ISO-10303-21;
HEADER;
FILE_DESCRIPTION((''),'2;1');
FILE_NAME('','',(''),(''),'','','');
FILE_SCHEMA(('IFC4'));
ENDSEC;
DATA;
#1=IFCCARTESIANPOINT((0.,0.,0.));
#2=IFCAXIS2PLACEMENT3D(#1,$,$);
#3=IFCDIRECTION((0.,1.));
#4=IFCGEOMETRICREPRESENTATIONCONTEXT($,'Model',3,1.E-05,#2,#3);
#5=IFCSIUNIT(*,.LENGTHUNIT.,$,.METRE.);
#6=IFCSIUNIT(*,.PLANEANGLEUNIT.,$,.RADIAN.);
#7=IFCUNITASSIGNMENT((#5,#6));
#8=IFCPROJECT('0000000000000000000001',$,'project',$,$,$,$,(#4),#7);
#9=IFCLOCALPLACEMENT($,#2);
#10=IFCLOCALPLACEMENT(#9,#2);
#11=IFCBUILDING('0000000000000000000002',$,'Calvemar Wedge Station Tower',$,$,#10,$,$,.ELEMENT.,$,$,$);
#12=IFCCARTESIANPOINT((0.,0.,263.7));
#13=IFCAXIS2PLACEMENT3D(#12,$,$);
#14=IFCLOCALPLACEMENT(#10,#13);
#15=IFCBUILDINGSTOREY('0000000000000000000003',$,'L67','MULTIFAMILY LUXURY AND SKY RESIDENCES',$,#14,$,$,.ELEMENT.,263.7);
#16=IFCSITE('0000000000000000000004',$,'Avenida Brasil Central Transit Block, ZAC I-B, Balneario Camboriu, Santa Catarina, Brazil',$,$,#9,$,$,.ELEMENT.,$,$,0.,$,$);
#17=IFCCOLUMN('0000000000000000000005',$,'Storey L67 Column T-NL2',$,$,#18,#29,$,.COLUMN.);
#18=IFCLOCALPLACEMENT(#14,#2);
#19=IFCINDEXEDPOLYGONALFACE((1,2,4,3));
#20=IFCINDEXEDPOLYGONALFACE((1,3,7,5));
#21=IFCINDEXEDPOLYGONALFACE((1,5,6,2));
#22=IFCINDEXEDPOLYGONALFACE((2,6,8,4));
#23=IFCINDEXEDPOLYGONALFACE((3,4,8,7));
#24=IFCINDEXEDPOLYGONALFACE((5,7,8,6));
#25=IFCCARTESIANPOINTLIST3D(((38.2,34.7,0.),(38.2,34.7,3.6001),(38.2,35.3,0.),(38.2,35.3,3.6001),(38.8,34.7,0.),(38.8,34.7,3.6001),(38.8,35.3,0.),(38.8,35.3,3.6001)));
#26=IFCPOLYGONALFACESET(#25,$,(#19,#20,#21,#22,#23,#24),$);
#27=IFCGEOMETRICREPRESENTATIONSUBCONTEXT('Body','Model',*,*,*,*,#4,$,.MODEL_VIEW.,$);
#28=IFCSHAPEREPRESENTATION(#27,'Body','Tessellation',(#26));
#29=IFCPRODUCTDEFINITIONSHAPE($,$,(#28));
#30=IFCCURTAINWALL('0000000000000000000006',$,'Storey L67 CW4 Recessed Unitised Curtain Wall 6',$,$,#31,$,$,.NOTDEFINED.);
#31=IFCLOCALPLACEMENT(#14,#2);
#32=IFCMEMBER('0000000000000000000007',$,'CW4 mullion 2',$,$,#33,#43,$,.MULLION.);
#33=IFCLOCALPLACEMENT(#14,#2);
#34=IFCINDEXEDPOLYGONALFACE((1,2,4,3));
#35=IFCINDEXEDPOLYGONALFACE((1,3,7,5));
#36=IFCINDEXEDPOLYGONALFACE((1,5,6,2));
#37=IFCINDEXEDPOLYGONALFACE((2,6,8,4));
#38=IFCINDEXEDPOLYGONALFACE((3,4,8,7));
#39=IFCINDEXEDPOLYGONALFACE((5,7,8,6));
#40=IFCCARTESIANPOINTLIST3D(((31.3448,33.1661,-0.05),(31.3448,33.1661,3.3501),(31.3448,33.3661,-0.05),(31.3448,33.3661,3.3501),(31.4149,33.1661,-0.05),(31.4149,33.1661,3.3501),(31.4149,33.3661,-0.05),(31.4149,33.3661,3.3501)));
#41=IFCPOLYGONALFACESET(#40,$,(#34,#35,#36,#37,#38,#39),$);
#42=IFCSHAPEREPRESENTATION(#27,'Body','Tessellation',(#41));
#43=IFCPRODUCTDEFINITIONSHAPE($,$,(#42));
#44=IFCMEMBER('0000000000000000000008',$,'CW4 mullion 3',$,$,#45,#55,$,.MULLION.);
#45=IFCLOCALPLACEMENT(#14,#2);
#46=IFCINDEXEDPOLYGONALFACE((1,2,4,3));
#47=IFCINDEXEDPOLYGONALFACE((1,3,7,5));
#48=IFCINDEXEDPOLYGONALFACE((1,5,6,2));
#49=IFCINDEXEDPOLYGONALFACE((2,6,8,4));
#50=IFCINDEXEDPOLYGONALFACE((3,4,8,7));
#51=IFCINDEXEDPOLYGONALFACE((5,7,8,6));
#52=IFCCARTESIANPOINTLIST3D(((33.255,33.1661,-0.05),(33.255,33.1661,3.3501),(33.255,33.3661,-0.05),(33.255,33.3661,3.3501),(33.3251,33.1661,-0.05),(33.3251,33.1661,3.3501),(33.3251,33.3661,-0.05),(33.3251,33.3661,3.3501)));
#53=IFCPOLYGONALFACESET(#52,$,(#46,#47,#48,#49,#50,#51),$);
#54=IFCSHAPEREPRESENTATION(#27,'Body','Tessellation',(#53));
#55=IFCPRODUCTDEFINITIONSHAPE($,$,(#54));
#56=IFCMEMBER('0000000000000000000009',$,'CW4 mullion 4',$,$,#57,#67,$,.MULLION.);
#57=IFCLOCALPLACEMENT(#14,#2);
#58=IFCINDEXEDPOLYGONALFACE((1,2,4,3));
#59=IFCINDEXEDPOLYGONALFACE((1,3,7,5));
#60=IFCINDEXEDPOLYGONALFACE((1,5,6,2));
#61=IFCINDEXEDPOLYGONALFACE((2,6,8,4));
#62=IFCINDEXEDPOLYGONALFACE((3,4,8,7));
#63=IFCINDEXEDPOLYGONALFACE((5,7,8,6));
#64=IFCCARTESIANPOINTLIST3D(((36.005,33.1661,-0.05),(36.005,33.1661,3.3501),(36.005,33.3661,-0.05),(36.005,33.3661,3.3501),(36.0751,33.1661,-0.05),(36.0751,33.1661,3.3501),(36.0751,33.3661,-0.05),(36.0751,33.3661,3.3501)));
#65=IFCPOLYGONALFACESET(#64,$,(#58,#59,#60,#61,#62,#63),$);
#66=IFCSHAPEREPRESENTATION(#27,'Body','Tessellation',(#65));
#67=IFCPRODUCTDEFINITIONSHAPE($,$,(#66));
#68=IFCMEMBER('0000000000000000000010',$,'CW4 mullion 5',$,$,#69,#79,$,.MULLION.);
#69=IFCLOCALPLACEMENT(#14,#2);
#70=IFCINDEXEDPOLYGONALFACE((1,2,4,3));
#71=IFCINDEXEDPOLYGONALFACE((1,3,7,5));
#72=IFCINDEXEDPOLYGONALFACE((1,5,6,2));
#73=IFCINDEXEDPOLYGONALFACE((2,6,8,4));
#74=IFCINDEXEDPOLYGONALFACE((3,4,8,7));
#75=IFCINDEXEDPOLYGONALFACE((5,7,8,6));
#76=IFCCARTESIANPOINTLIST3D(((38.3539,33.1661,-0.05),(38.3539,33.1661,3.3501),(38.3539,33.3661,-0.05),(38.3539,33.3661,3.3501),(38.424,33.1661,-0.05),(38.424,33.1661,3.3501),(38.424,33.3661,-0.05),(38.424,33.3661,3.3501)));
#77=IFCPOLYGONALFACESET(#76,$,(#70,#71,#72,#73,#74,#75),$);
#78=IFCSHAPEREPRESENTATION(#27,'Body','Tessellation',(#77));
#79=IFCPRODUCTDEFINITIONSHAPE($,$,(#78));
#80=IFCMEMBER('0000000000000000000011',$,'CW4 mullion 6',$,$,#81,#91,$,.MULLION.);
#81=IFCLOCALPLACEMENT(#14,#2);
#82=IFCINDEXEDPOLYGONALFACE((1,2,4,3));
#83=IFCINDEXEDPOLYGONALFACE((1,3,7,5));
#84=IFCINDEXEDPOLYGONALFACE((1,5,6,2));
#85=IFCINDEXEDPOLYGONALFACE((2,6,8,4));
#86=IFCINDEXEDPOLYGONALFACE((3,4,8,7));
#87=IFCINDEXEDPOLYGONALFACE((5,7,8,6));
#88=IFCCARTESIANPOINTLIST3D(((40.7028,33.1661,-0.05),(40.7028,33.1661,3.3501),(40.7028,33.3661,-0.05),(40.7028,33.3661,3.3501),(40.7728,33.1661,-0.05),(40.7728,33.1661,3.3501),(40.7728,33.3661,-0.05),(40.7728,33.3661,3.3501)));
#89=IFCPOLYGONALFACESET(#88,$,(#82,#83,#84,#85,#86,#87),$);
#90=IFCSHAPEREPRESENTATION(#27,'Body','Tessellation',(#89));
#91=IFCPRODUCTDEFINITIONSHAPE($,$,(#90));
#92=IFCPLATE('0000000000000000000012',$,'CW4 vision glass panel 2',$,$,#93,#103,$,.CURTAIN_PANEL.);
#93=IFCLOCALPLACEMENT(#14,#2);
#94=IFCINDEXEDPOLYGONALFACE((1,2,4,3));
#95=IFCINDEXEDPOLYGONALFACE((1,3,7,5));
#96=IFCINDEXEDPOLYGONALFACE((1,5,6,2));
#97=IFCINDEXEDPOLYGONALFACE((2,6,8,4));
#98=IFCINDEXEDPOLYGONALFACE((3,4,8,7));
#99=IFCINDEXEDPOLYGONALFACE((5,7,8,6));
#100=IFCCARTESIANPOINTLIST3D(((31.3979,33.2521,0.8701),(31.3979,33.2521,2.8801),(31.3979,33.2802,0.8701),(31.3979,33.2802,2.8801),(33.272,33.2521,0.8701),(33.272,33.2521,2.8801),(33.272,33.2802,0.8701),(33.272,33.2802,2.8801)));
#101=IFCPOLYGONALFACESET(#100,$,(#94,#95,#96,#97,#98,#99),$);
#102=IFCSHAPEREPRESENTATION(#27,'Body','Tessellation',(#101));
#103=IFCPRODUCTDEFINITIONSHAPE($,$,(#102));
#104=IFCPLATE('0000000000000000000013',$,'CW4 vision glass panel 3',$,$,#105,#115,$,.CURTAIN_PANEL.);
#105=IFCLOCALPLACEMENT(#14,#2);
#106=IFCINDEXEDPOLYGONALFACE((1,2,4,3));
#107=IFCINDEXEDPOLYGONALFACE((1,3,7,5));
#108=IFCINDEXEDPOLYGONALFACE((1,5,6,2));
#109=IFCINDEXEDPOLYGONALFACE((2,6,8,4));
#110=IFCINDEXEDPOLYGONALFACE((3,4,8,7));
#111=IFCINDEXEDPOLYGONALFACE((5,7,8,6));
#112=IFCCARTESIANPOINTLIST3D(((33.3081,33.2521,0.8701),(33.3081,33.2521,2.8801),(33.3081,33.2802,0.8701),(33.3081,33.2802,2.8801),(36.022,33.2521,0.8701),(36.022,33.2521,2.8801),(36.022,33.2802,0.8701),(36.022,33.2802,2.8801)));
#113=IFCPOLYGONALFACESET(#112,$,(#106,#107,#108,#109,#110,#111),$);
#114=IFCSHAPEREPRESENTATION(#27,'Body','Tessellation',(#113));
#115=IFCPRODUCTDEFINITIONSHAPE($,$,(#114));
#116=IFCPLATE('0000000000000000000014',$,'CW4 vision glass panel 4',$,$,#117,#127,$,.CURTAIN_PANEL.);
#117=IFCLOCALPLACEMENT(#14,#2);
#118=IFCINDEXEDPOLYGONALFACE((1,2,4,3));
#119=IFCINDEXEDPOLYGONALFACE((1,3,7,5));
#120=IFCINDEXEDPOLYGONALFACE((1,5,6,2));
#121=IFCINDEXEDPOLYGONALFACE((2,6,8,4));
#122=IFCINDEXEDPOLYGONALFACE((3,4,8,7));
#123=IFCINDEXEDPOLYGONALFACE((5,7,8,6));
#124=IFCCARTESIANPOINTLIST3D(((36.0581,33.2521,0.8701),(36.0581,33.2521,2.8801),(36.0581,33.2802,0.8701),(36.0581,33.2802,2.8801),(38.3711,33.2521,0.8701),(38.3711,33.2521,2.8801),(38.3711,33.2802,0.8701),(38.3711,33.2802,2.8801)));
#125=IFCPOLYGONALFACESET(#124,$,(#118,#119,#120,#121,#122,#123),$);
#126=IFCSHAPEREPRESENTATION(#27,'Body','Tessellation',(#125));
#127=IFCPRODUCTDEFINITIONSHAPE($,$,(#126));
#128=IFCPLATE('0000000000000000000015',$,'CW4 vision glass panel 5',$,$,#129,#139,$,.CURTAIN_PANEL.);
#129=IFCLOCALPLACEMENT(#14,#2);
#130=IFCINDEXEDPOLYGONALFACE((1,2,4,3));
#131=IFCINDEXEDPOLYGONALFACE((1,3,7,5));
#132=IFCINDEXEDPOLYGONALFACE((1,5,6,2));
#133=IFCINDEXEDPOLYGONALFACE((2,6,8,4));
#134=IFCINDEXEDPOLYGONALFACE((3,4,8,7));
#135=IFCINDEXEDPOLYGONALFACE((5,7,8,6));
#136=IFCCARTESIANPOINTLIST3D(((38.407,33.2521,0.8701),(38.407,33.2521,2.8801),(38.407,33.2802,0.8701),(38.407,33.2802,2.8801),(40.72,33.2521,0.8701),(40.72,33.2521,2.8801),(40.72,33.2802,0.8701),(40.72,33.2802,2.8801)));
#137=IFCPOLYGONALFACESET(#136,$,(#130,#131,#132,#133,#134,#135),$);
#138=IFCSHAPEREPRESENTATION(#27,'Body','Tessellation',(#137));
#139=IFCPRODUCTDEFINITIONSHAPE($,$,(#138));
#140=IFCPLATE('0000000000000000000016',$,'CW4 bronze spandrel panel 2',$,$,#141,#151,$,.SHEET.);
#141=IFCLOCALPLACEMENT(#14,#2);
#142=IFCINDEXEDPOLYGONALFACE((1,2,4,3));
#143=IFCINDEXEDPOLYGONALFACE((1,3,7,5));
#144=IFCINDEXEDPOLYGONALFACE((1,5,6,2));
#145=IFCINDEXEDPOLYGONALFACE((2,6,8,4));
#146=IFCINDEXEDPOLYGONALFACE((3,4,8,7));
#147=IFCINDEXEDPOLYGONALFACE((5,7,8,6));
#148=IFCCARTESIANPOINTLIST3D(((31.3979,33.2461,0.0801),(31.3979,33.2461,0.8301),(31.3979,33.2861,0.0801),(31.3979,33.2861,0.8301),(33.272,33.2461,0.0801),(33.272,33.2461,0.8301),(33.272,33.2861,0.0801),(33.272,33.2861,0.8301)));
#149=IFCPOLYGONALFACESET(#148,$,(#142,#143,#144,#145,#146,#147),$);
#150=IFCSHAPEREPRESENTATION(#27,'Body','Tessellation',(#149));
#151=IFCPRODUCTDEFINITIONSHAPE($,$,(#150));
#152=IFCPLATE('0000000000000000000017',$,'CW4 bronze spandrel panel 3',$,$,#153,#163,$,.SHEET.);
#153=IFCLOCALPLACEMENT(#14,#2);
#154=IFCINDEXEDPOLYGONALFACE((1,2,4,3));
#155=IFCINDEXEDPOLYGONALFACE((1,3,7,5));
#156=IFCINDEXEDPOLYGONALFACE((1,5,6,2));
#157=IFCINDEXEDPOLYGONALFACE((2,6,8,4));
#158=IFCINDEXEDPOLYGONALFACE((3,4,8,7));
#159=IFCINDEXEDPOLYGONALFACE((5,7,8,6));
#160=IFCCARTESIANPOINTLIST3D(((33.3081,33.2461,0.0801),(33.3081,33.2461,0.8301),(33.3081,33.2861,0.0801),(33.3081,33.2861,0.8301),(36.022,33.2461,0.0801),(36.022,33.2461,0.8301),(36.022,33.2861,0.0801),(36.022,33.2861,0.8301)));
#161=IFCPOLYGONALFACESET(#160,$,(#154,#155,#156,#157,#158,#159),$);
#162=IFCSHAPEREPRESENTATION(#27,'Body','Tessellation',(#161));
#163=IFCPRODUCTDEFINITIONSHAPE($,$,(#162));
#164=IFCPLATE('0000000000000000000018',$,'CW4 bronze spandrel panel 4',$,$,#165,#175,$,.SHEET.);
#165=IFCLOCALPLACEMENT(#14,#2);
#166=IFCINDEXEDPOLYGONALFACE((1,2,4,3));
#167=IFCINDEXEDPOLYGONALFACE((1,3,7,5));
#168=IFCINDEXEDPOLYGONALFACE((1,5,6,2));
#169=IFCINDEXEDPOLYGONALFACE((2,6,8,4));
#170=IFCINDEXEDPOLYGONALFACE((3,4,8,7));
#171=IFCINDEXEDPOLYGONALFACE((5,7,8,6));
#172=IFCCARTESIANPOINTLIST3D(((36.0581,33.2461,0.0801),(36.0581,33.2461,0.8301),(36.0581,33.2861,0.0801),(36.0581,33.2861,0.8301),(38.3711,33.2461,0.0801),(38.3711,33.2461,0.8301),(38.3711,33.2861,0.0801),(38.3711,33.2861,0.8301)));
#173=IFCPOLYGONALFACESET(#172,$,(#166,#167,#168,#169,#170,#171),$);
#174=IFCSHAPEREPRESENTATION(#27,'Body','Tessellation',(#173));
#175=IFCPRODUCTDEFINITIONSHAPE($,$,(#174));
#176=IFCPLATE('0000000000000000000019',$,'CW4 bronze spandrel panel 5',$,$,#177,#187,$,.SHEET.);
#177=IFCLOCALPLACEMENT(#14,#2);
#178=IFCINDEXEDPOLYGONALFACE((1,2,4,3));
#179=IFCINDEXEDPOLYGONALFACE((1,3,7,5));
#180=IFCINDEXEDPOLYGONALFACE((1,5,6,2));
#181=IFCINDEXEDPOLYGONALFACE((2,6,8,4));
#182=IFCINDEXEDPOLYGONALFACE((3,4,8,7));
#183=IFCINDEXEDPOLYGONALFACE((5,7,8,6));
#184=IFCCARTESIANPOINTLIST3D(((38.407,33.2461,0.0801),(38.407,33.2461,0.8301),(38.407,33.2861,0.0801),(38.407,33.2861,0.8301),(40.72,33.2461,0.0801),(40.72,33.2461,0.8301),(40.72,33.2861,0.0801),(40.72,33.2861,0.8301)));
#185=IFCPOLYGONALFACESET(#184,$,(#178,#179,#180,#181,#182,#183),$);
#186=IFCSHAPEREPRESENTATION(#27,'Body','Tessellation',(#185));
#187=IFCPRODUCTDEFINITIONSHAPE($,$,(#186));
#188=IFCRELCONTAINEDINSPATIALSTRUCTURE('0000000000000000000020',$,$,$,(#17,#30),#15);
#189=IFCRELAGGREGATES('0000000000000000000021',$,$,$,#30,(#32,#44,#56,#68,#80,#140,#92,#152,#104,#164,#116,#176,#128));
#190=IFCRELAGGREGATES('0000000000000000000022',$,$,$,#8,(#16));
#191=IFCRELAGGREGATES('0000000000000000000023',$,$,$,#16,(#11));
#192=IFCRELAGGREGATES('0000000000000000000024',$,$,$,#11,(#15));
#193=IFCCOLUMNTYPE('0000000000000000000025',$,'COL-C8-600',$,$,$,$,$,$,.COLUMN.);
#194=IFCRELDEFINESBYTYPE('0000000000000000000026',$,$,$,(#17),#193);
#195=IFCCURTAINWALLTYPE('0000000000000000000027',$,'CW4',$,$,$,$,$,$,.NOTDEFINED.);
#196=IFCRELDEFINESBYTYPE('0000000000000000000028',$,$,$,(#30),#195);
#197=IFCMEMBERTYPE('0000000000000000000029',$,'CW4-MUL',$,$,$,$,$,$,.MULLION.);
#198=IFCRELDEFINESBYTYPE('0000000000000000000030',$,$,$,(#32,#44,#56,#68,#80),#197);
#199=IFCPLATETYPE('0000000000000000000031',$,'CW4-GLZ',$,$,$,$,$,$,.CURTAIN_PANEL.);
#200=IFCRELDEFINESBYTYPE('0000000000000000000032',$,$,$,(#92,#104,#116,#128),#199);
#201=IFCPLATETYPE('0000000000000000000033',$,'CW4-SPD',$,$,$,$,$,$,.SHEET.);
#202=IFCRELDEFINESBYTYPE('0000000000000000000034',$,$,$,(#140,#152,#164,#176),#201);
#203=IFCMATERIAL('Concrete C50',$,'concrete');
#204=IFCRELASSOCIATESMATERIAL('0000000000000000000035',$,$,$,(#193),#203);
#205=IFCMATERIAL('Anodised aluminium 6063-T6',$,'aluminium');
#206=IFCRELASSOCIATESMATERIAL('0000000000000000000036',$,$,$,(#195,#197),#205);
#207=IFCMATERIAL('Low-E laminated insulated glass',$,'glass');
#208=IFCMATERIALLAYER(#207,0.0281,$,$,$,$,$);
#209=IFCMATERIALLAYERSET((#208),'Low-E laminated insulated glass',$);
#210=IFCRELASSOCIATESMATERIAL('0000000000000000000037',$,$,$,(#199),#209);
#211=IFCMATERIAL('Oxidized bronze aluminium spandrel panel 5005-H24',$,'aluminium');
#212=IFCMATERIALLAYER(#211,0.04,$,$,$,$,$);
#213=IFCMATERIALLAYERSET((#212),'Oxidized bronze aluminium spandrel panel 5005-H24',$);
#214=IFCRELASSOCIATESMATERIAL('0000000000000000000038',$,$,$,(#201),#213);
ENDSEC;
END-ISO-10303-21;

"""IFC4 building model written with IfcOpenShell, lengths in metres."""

from ifc_helpers import new_model, si_unit, direction, frame, frame_2d, origin, origin_2d, place, context, subcontext, project, spatial, rectangle, extrude, source, transform, mapped, material, layer, layer_set, material_profile, profile_set, type_object, element, aggregate, save


model = new_model("IFC4")

# Units and contexts
model_context = context("Model", 3, precision=1e-05, world=origin(), true_north=direction((0.0, 1.0)))
body_context = subcontext(model_context, "Body", "Model", "MODEL_VIEW")
ifc_project = project(units=[si_unit("LENGTHUNIT", "METRE"), si_unit("PLANEANGLEUNIT", "RADIAN")], contexts=[model_context])

# Site, building, storey
site_placement = place(None, origin())
site = spatial("IfcSite", under=ifc_project, at=site_placement, Name="Avenida Brasil Central Transit Block, ZAC I-B, Balneario Camboriu, Santa Catarina, Brazil", CompositionType="ELEMENT", RefElevation=0.0)
building_placement = place(site_placement, origin())
building = spatial("IfcBuilding", under=site, at=building_placement, Name="Calvemar Wedge Station Tower", CompositionType="ELEMENT")
storey_placement = place(building_placement, frame((0.0, 0.0, 263.7)))
storey = spatial("IfcBuildingStorey", under=building, at=storey_placement, Name="L67", Description="MULTIFAMILY LUXURY AND SKY RESIDENCES", CompositionType="ELEMENT", Elevation=263.7)

# Column
ifc_material_1 = material(Name="Concrete C50", Category="concrete")
ifc_material_profile_1 = material_profile(ifc_material_1, rectangle(XDim=0.6001, YDim=0.6001, at=origin_2d()), Name="RC600x600")
ifc_profile_set_1 = profile_set([ifc_material_profile_1], Name="Concrete C50")
column_type = type_object("IfcColumnType", Name="COL-C8-600", PredefinedType="COLUMN", material=ifc_profile_set_1)
shared_shape_1 = source(origin(), body_context, "Body", "SweptSolid", [
    extrude(rectangle(XDim=0.6001, YDim=0.6001, at=origin_2d()), origin(), (0.0, 0.0, 1.0), 3.6001),
])
column_placement = place(storey_placement, frame((38.5, 35.0, 0.0), z_axis=(0.0, 0.0, 1.0), x_axis=(1.0, 0.0, 0.0)))
element("IfcColumn", 1, at=column_placement, inside=storey, type_object=column_type, Name="Storey L67 Column T-NL2", PredefinedType="COLUMN", context=body_context, shape_type="MappedRepresentation", body=[
    mapped(shared_shape_1, transform((0.0, 0.0, 0.0), scale=1.0)),
])

# Curtain wall, members, plates
ifc_material_2 = material(Name="Anodised aluminium 6063-T6", Category="aluminium")
curtain_wall_type = type_object("IfcCurtainWallType", Name="CW4", PredefinedType="NOTDEFINED", material=ifc_material_2)
curtain_wall_placement = place(storey_placement, origin())
curtain_wall = element("IfcCurtainWall", 2, at=curtain_wall_placement, inside=storey, type_object=curtain_wall_type, Name="Storey L67 CW4 Recessed Unitised Curtain Wall 6", PredefinedType="NOTDEFINED")
ifc_material_profile_2 = material_profile(ifc_material_2, rectangle(XDim=0.0701, YDim=0.2, at=origin_2d()), Name="AL-MUL-70x200")
ifc_profile_set_2 = profile_set([ifc_material_profile_2], Name="Anodised aluminium 6063-T6")
member_type = type_object("IfcMemberType", Name="CW4-MUL", PredefinedType="MULLION", material=ifc_profile_set_2)
shared_shape_2 = source(origin(), body_context, "Body", "SweptSolid", [
    extrude(rectangle(XDim=0.0701, YDim=0.2, at=origin_2d()), origin(), (0.0, 0.0, 1.0), 3.4001),
])
member_1_placement = place(storey_placement, frame((31.3799, 33.2661, -0.05), z_axis=(0.0, 0.0, 1.0), x_axis=(1.0, 0.0, 0.0)))
member_1 = element("IfcMember", 3, at=member_1_placement, type_object=member_type, Name="CW4 mullion 2", PredefinedType="MULLION", context=body_context, shape_type="MappedRepresentation", body=[
    mapped(shared_shape_2, transform((0.0, 0.0, 0.0), scale=1.0)),
])
member_2_placement = place(storey_placement, frame((33.29, 33.2661, -0.05), z_axis=(0.0, 0.0, 1.0), x_axis=(1.0, 0.0, 0.0)))
member_2 = element("IfcMember", 4, at=member_2_placement, type_object=member_type, Name="CW4 mullion 3", PredefinedType="MULLION", context=body_context, shape_type="MappedRepresentation", body=[
    mapped(shared_shape_2, transform((0.0, 0.0, 0.0), scale=1.0)),
])
member_3_placement = place(storey_placement, frame((36.04, 33.2661, -0.05), z_axis=(0.0, 0.0, 1.0), x_axis=(1.0, 0.0, 0.0)))
member_3 = element("IfcMember", 5, at=member_3_placement, type_object=member_type, Name="CW4 mullion 4", PredefinedType="MULLION", context=body_context, shape_type="MappedRepresentation", body=[
    mapped(shared_shape_2, transform((0.0, 0.0, 0.0), scale=1.0)),
])
member_4_placement = place(storey_placement, frame((38.3889, 33.2661, -0.05), z_axis=(0.0, 0.0, 1.0), x_axis=(1.0, 0.0, 0.0)))
member_4 = element("IfcMember", 6, at=member_4_placement, type_object=member_type, Name="CW4 mullion 5", PredefinedType="MULLION", context=body_context, shape_type="MappedRepresentation", body=[
    mapped(shared_shape_2, transform((0.0, 0.0, 0.0), scale=1.0)),
])
member_5_placement = place(storey_placement, frame((40.7378, 33.2661, -0.05), z_axis=(0.0, 0.0, 1.0), x_axis=(1.0, 0.0, 0.0)))
member_5 = element("IfcMember", 7, at=member_5_placement, type_object=member_type, Name="CW4 mullion 6", PredefinedType="MULLION", context=body_context, shape_type="MappedRepresentation", body=[
    mapped(shared_shape_2, transform((0.0, 0.0, 0.0), scale=1.0)),
])
ifc_material_3 = material(Name="Low-E laminated insulated glass", Category="glass")
ifc_layer_1 = layer(ifc_material_3, 0.0281)
ifc_layer_set_1 = layer_set([ifc_layer_1], Name="Low-E laminated insulated glass")
plate_type_1 = type_object("IfcPlateType", Name="CW4-GLZ", PredefinedType="CURTAIN_PANEL", material=ifc_layer_set_1)
plate_1_placement = place(storey_placement, frame((31.3979, 33.2661, 0.8701), z_axis=(0.0, 0.0, 1.0), x_axis=(1.0, 0.0, 0.0)))
plate_1 = element("IfcPlate", 8, at=plate_1_placement, type_object=plate_type_1, Name="CW4 vision glass panel 2", PredefinedType="CURTAIN_PANEL", context=body_context, shape_type="SweptSolid", body=[
    extrude(rectangle(XDim=1.874, YDim=0.0281, at=frame_2d((0.937, 0.0))), origin(), (0.0, 0.0, 1.0), 2.01),
])
plate_2_placement = place(storey_placement, frame((33.3081, 33.2661, 0.8701), z_axis=(0.0, 0.0, 1.0), x_axis=(1.0, 0.0, 0.0)))
plate_2 = element("IfcPlate", 9, at=plate_2_placement, type_object=plate_type_1, Name="CW4 vision glass panel 3", PredefinedType="CURTAIN_PANEL", context=body_context, shape_type="SweptSolid", body=[
    extrude(rectangle(XDim=2.7139, YDim=0.0281, at=frame_2d((1.3569, 0.0))), origin(), (0.0, 0.0, 1.0), 2.01),
])
plate_3_placement = place(storey_placement, frame((36.0581, 33.2661, 0.8701), z_axis=(0.0, 0.0, 1.0), x_axis=(1.0, 0.0, 0.0)))
plate_3 = element("IfcPlate", 10, at=plate_3_placement, type_object=plate_type_1, Name="CW4 vision glass panel 4", PredefinedType="CURTAIN_PANEL", context=body_context, shape_type="SweptSolid", body=[
    extrude(rectangle(XDim=2.313, YDim=0.0281, at=frame_2d((1.1565, 0.0))), origin(), (0.0, 0.0, 1.0), 2.01),
])
plate_4_placement = place(storey_placement, frame((38.407, 33.2661, 0.8701), z_axis=(0.0, 0.0, 1.0), x_axis=(1.0, 0.0, 0.0)))
plate_4 = element("IfcPlate", 11, at=plate_4_placement, type_object=plate_type_1, Name="CW4 vision glass panel 5", PredefinedType="CURTAIN_PANEL", context=body_context, shape_type="SweptSolid", body=[
    extrude(rectangle(XDim=2.313, YDim=0.0281, at=frame_2d((1.1565, 0.0))), origin(), (0.0, 0.0, 1.0), 2.01),
])
ifc_material_4 = material(Name="Oxidized bronze aluminium spandrel panel 5005-H24", Category="aluminium")
ifc_layer_2 = layer(ifc_material_4, 0.04)
ifc_layer_set_2 = layer_set([ifc_layer_2], Name="Oxidized bronze aluminium spandrel panel 5005-H24")
plate_type_2 = type_object("IfcPlateType", Name="CW4-SPD", PredefinedType="SHEET", material=ifc_layer_set_2)
plate_5_placement = place(storey_placement, frame((31.3979, 33.2661, 0.0801), z_axis=(0.0, 0.0, 1.0), x_axis=(1.0, 0.0, 0.0)))
plate_5 = element("IfcPlate", 12, at=plate_5_placement, type_object=plate_type_2, Name="CW4 bronze spandrel panel 2", PredefinedType="SHEET", context=body_context, shape_type="SweptSolid", body=[
    extrude(rectangle(XDim=1.874, YDim=0.04, at=frame_2d((0.937, 0.0))), origin(), (0.0, 0.0, 1.0), 0.75),
])
plate_6_placement = place(storey_placement, frame((33.3081, 33.2661, 0.0801), z_axis=(0.0, 0.0, 1.0), x_axis=(1.0, 0.0, 0.0)))
plate_6 = element("IfcPlate", 13, at=plate_6_placement, type_object=plate_type_2, Name="CW4 bronze spandrel panel 3", PredefinedType="SHEET", context=body_context, shape_type="SweptSolid", body=[
    extrude(rectangle(XDim=2.7139, YDim=0.04, at=frame_2d((1.3569, 0.0))), origin(), (0.0, 0.0, 1.0), 0.75),
])
plate_7_placement = place(storey_placement, frame((36.0581, 33.2661, 0.0801), z_axis=(0.0, 0.0, 1.0), x_axis=(1.0, 0.0, 0.0)))
plate_7 = element("IfcPlate", 14, at=plate_7_placement, type_object=plate_type_2, Name="CW4 bronze spandrel panel 4", PredefinedType="SHEET", context=body_context, shape_type="SweptSolid", body=[
    extrude(rectangle(XDim=2.313, YDim=0.04, at=frame_2d((1.1565, 0.0))), origin(), (0.0, 0.0, 1.0), 0.75),
])
plate_8_placement = place(storey_placement, frame((38.407, 33.2661, 0.0801), z_axis=(0.0, 0.0, 1.0), x_axis=(1.0, 0.0, 0.0)))
plate_8 = element("IfcPlate", 15, at=plate_8_placement, type_object=plate_type_2, Name="CW4 bronze spandrel panel 5", PredefinedType="SHEET", context=body_context, shape_type="SweptSolid", body=[
    extrude(rectangle(XDim=2.313, YDim=0.04, at=frame_2d((1.1565, 0.0))), origin(), (0.0, 0.0, 1.0), 0.75),
])
aggregate(curtain_wall, [member_1, member_2, member_3, member_4, member_5, plate_5, plate_1, plate_6, plate_2, plate_7, plate_3, plate_8, plate_4])

save(model, "model.ifc")
